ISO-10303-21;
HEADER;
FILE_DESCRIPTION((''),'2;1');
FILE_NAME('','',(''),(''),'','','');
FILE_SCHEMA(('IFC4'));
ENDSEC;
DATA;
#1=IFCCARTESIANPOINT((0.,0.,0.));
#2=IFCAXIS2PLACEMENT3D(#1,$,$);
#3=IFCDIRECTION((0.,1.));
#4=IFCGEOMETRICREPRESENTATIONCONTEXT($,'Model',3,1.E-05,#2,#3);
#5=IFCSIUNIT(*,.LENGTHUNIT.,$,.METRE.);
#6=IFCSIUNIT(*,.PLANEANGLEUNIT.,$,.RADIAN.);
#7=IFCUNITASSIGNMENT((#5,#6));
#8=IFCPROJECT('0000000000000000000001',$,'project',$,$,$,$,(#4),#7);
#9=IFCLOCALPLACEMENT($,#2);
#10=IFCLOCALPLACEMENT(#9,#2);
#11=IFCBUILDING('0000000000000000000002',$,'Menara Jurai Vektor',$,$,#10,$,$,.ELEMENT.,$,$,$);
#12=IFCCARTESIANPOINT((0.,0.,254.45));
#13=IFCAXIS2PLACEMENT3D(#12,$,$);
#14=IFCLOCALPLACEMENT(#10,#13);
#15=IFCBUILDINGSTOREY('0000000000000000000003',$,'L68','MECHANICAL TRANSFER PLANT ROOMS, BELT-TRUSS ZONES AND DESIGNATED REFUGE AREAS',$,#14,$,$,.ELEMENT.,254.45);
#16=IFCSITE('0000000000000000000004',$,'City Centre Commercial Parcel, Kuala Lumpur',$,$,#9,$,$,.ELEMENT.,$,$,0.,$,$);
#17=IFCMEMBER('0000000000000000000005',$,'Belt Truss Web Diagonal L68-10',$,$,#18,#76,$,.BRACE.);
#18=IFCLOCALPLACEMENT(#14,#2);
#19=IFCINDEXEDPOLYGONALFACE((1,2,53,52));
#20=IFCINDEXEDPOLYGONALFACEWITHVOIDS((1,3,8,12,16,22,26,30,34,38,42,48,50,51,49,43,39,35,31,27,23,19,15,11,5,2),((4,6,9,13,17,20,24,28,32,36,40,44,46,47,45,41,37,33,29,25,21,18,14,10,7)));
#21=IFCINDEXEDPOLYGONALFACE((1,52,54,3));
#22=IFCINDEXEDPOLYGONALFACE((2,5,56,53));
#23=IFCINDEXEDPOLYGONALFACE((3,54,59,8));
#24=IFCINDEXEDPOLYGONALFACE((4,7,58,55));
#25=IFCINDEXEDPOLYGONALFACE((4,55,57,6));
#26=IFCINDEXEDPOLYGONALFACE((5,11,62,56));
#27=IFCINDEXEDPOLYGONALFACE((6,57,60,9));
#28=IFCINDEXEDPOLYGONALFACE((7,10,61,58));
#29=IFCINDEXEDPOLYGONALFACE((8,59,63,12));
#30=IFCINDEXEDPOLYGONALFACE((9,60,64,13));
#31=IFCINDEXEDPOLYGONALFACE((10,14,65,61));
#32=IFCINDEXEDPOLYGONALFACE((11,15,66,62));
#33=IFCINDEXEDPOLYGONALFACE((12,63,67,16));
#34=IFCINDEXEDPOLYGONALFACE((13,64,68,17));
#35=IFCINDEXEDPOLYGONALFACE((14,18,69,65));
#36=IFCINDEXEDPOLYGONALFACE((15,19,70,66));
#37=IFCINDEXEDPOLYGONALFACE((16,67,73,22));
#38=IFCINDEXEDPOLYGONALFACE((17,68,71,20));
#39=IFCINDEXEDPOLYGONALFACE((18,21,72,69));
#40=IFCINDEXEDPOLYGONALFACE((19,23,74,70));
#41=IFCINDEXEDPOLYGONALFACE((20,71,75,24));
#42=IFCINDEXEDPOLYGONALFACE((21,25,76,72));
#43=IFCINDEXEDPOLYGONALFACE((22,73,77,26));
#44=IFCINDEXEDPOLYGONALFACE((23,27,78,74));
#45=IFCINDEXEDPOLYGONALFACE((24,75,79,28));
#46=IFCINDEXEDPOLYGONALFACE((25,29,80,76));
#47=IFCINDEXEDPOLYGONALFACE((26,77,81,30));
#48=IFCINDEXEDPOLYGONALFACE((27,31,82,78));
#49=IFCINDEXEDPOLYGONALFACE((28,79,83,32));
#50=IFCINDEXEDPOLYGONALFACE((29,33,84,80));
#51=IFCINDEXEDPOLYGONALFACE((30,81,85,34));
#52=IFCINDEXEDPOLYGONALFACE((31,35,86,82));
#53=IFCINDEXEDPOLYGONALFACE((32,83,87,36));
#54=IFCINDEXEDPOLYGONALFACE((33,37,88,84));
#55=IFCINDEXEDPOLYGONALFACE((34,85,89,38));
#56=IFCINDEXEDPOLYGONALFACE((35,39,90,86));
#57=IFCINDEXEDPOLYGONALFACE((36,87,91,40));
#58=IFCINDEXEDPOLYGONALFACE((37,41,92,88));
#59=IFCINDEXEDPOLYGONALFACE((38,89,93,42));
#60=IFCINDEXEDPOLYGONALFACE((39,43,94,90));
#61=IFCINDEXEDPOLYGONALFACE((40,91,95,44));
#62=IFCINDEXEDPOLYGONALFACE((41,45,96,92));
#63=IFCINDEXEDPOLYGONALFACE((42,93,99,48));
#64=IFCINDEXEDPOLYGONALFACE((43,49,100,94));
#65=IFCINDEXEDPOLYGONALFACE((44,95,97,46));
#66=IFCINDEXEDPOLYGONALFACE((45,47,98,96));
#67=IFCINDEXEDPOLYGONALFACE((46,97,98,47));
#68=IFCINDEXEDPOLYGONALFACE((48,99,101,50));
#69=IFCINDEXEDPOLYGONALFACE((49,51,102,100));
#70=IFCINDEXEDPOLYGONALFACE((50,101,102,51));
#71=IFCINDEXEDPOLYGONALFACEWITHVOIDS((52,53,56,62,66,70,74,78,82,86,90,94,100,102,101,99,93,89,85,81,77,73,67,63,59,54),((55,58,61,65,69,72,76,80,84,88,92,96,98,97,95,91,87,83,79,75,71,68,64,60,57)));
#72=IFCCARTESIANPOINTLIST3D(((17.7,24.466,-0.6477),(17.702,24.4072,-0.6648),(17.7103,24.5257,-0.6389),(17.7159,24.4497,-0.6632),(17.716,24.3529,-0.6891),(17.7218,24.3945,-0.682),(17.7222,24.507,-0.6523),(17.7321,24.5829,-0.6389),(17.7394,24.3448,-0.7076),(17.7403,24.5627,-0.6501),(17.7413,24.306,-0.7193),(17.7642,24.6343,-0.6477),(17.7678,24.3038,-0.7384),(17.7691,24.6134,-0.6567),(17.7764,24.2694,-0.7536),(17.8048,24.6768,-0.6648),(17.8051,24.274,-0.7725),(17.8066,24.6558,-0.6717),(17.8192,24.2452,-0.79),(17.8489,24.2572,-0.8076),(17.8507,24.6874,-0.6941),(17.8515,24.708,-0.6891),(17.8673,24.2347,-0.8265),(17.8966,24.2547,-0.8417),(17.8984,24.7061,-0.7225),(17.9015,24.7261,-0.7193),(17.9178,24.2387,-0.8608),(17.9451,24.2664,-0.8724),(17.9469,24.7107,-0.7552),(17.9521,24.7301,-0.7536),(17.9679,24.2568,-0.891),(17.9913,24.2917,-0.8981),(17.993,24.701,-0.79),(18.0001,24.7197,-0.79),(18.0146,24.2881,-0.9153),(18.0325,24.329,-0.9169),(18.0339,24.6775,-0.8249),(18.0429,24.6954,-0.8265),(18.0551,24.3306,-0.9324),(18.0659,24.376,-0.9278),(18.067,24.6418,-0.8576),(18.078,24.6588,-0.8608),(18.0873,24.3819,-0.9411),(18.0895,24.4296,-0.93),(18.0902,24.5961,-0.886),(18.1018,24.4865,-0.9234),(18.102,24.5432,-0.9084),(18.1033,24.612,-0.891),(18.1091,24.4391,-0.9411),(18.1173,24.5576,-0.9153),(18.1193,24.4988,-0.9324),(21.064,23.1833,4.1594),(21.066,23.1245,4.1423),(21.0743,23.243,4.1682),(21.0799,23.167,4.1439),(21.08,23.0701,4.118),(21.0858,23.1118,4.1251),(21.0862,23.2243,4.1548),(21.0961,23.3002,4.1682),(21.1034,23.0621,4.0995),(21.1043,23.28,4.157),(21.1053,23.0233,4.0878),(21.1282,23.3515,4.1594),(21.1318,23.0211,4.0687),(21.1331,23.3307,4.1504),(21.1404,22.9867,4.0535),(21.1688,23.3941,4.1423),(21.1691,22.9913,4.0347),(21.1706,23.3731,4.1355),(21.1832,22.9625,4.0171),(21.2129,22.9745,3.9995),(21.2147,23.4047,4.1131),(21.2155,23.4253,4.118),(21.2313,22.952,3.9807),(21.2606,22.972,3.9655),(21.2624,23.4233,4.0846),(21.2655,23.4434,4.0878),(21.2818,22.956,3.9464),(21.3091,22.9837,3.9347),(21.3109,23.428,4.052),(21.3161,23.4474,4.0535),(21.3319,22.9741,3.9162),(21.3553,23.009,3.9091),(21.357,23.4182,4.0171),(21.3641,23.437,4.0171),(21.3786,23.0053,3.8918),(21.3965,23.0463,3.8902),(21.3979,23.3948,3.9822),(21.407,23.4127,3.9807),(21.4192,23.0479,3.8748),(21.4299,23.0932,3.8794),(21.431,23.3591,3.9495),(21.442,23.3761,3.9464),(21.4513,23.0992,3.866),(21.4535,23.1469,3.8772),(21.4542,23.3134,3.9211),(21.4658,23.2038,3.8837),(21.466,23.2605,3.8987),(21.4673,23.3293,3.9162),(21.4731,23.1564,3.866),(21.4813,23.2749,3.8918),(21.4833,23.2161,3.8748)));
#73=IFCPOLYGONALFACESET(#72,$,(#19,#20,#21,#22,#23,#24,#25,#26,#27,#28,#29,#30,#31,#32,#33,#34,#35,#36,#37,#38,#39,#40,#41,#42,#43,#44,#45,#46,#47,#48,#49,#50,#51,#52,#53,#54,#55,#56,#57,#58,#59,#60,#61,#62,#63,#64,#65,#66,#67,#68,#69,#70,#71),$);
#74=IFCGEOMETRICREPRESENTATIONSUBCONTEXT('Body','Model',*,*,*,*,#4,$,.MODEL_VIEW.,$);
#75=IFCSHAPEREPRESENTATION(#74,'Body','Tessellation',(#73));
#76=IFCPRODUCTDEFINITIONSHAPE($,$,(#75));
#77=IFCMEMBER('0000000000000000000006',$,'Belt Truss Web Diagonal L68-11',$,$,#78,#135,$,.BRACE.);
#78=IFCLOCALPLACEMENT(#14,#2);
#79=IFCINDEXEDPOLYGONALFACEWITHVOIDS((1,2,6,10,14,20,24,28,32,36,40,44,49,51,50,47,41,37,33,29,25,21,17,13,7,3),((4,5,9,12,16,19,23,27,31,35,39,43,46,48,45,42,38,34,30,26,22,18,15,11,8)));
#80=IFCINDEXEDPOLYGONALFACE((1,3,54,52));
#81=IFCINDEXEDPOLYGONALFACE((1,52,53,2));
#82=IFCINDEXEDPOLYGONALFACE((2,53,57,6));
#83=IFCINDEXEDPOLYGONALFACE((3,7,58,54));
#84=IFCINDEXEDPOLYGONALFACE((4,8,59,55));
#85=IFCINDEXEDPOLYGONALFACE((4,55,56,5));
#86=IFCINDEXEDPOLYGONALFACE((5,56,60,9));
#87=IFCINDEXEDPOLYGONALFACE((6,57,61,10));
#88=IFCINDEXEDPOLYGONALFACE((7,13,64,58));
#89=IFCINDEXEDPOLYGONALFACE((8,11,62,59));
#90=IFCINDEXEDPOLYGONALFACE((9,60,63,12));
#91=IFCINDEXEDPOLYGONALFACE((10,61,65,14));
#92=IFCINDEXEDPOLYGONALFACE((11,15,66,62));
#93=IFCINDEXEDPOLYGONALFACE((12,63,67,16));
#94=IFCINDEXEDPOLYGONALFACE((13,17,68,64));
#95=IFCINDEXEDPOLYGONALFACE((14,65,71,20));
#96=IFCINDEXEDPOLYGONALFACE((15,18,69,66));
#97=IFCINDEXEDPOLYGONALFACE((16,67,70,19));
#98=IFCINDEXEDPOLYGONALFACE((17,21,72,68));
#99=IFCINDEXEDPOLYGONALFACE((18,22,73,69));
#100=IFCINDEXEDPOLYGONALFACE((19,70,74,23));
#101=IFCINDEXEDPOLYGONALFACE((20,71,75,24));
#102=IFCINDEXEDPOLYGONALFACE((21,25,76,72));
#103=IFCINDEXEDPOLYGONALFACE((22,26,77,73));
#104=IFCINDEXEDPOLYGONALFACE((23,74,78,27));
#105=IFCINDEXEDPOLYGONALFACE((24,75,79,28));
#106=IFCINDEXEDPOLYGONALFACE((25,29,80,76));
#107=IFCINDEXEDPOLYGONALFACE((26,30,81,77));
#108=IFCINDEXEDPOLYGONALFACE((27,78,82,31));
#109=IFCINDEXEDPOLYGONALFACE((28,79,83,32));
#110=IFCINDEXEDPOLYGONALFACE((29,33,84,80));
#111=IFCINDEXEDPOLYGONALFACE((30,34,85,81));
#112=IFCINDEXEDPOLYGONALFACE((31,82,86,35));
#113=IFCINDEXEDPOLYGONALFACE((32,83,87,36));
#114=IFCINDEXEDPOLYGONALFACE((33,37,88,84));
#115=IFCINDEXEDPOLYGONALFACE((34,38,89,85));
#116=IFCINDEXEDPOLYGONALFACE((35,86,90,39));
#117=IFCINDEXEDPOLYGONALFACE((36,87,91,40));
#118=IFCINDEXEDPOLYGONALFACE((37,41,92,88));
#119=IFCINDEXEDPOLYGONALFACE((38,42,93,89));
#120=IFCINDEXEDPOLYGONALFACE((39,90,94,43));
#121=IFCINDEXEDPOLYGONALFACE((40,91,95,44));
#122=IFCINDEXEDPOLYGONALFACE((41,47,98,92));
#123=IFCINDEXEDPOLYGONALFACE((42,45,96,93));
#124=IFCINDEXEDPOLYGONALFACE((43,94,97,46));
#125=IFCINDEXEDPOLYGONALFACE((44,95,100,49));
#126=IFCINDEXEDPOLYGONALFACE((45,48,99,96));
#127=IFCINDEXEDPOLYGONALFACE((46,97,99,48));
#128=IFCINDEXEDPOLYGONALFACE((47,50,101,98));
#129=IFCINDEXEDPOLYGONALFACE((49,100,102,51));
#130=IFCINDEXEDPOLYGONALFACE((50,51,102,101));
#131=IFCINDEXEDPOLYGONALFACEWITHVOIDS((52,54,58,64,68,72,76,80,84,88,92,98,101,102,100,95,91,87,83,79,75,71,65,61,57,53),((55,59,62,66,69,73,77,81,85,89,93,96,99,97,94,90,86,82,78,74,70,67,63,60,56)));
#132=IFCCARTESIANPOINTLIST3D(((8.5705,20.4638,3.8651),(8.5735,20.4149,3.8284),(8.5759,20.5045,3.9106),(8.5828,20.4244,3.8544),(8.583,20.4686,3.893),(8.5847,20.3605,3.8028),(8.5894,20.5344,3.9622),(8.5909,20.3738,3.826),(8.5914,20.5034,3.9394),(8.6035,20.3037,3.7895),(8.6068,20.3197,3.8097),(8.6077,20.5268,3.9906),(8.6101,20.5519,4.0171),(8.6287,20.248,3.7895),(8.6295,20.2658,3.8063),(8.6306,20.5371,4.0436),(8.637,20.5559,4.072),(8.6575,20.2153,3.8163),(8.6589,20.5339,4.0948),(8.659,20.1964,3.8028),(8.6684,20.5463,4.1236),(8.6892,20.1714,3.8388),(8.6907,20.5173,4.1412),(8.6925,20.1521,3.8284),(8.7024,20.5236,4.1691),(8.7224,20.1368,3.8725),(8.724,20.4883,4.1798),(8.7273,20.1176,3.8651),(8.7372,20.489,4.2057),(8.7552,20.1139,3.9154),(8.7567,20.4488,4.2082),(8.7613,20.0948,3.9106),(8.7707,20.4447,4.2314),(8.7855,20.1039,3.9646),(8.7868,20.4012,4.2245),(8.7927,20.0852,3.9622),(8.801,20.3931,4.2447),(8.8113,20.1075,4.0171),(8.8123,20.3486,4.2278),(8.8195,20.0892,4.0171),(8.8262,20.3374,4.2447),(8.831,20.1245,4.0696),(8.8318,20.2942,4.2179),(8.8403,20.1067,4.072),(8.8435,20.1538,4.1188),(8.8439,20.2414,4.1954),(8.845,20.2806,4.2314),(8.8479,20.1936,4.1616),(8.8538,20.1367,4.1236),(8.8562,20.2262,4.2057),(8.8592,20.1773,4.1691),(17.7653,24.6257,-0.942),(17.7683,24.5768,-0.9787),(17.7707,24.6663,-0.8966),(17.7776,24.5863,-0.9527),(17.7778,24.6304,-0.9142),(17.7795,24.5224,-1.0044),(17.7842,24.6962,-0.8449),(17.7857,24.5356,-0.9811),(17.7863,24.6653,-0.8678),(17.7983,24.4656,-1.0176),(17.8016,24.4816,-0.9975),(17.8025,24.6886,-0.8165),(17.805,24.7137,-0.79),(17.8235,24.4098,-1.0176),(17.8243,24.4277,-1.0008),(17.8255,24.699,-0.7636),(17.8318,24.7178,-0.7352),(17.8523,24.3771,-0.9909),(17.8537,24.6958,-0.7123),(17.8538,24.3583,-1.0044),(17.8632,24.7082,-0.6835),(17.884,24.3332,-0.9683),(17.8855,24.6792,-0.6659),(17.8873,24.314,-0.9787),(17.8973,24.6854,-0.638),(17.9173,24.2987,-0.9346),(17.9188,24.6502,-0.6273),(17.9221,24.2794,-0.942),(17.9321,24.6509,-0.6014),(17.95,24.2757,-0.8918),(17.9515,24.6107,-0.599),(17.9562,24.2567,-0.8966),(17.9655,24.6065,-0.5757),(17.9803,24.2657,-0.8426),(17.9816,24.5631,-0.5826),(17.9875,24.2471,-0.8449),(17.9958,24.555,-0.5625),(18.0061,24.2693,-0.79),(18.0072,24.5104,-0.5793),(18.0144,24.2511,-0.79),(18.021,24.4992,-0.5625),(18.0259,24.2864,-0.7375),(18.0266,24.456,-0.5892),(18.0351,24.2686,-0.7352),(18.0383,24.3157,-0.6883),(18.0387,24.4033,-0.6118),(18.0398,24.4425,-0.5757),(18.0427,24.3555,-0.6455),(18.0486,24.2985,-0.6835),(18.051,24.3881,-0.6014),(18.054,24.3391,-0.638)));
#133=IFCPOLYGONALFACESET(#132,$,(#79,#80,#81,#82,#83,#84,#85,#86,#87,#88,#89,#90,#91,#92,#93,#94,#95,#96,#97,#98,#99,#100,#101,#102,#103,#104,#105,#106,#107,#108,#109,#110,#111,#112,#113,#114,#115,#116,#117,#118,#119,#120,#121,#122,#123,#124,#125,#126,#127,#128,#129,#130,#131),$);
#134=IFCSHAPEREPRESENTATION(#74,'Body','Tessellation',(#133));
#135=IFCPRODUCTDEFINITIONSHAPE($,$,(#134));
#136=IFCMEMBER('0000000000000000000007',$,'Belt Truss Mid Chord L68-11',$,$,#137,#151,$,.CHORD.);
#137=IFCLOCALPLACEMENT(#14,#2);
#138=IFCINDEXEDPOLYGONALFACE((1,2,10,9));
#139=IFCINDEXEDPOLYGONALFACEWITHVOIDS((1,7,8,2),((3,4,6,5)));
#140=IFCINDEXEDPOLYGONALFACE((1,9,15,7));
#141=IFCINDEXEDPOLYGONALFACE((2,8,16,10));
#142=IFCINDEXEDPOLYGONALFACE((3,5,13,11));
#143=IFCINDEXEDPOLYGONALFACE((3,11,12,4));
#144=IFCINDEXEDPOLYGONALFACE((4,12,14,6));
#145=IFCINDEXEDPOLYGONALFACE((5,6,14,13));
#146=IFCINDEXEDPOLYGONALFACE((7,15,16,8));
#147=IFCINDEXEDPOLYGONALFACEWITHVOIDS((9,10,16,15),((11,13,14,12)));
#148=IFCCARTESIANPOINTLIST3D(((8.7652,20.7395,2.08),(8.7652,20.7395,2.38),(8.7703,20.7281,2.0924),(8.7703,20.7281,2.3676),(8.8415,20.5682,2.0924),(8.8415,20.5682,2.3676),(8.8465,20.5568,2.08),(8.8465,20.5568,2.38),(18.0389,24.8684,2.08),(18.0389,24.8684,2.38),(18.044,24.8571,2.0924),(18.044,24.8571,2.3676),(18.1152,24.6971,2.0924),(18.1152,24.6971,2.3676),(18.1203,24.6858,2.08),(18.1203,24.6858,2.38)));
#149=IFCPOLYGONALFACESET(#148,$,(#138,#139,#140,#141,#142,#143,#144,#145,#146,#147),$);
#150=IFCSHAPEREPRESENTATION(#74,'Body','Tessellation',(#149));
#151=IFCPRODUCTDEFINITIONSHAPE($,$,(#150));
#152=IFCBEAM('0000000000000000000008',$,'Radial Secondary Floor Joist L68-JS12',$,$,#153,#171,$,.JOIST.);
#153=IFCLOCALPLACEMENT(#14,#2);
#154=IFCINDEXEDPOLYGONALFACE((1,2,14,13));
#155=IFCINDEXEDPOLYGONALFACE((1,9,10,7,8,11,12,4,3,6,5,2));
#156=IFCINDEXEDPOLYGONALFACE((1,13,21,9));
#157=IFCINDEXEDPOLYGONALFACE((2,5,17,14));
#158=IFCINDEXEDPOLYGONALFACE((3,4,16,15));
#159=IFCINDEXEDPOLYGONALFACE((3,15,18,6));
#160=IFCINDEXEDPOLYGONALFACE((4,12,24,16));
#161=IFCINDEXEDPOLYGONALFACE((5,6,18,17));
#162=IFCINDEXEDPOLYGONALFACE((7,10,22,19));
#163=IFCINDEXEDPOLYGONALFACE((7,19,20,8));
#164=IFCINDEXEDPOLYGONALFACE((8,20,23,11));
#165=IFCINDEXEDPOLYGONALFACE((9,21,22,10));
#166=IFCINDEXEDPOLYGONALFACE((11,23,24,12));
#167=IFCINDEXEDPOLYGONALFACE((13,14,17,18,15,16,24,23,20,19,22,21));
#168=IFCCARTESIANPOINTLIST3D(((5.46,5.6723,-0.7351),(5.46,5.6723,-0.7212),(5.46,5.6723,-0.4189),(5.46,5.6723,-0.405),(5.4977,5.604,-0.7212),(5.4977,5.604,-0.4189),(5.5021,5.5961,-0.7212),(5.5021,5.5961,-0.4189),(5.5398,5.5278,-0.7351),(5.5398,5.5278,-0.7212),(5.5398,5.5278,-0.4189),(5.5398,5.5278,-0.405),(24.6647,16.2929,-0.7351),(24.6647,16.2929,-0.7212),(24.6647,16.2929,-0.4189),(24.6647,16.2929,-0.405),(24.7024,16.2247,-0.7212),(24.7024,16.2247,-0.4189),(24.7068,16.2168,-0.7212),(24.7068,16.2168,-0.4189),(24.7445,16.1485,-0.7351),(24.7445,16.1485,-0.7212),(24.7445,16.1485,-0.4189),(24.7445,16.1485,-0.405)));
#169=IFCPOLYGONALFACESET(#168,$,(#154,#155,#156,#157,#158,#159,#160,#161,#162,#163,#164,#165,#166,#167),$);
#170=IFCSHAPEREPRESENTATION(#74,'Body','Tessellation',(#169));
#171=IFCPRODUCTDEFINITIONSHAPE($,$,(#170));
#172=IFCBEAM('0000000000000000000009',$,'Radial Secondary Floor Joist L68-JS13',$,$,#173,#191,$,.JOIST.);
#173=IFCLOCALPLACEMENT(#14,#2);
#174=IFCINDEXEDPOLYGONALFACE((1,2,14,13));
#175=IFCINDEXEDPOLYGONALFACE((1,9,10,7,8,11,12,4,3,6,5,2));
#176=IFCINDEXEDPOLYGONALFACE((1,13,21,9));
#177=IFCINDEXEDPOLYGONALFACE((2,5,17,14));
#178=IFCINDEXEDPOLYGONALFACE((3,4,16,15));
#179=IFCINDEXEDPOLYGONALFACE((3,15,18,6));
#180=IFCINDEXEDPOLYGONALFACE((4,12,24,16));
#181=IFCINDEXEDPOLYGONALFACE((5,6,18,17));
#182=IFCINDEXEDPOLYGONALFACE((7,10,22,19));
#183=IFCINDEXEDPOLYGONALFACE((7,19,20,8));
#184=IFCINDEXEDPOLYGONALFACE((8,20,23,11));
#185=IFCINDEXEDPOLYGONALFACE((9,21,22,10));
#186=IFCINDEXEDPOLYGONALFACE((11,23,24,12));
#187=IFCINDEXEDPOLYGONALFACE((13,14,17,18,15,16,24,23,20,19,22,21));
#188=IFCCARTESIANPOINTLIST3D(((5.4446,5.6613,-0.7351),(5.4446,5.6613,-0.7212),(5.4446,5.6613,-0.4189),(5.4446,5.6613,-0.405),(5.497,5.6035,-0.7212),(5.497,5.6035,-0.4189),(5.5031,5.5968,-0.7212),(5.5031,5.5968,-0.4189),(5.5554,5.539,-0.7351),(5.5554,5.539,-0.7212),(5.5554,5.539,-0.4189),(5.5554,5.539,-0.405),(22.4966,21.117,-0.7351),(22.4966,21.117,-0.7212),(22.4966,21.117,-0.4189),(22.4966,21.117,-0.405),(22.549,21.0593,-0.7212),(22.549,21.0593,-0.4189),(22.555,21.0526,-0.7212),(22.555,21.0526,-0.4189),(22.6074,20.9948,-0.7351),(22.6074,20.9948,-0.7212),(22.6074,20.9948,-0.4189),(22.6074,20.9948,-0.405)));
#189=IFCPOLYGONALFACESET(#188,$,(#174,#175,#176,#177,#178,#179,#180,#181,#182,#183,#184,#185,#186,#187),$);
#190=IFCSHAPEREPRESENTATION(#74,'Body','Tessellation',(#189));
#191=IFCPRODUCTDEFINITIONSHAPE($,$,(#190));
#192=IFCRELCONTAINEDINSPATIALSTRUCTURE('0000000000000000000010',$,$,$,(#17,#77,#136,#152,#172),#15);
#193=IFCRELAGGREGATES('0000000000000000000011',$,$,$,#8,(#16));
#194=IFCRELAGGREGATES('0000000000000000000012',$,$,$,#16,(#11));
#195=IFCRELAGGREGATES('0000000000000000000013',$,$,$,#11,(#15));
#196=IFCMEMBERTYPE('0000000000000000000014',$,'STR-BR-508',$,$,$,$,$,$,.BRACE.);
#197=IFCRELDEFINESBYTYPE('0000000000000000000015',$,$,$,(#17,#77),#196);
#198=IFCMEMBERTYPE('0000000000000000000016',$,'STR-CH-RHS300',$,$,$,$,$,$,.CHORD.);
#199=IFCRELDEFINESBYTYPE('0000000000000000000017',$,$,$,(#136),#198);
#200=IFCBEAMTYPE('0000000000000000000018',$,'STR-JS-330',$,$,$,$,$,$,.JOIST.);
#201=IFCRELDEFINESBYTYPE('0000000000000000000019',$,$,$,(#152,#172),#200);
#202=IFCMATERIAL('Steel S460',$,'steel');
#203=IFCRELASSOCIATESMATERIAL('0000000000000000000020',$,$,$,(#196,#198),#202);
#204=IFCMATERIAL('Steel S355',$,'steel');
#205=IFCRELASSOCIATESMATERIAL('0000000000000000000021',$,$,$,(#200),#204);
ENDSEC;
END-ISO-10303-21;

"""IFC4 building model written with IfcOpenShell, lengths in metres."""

from ifc_helpers import new_model, si_unit, direction, frame, origin, origin_2d, place, context, subcontext, project, spatial, hollow_rectangle, hollow_circle, i_section, extrude, material, material_profile, profile_set, type_object, element, save


model = new_model("IFC4")

# Units and contexts
model_context = context("Model", 3, precision=1e-05, world=origin(), true_north=direction((0.0, 1.0)))
body_context = subcontext(model_context, "Body", "Model", "MODEL_VIEW")
ifc_project = project(units=[si_unit("LENGTHUNIT", "METRE"), si_unit("PLANEANGLEUNIT", "RADIAN")], contexts=[model_context])

# Site, building, storey
site_placement = place(None, origin())
site = spatial("IfcSite", under=ifc_project, at=site_placement, Name="City Centre Commercial Parcel, Kuala Lumpur", CompositionType="ELEMENT", RefElevation=0.0)
building_placement = place(site_placement, origin())
building = spatial("IfcBuilding", under=site, at=building_placement, Name="Menara Jurai Vektor", CompositionType="ELEMENT")
storey_placement = place(building_placement, frame((0.0, 0.0, 254.45)))
storey = spatial("IfcBuildingStorey", under=building, at=storey_placement, Name="L68", Description="MECHANICAL TRANSFER PLANT ROOMS, BELT-TRUSS ZONES AND DESIGNATED REFUGE AREAS", CompositionType="ELEMENT", Elevation=254.45)

# Shared definitions
ifc_material_1 = material(Name="Steel S460", Category="steel")

# Members
ifc_material_profile_1 = material_profile(ifc_material_1, hollow_circle(Radius=0.2539, WallThickness=0.02, at=origin_2d()), Name="CHS 508x20")
ifc_profile_set_1 = profile_set([ifc_material_profile_1], Name="Steel S460")
member_type_1 = type_object("IfcMemberType", Name="STR-BR-508", PredefinedType="BRACE", material=ifc_profile_set_1)
member_1_placement = place(storey_placement, frame((17.9097, 24.4824, -0.79), z_axis=(0.560121, -0.213577, 0.800406), x_axis=(0.356283, 0.934378, 0.0)))
element("IfcMember", 1, at=member_1_placement, inside=storey, type_object=member_type_1, Name="Belt Truss Web Diagonal L68-10", PredefinedType="BRACE", context=body_context, shape_type="SweptSolid", body=[
    extrude(hollow_circle(Radius=0.2539, WallThickness=0.02, at=origin_2d()), origin(), (0.0, 0.0, 1.0), 6.0059),
])
member_2_placement = place(storey_placement, frame((17.9097, 24.4824, -0.79), z_axis=(-0.822494, -0.372287, 0.430007), x_axis=(0.412357, -0.911022, 0.0)))
element("IfcMember", 2, at=member_2_placement, inside=storey, type_object=member_type_1, Name="Belt Truss Web Diagonal L68-11", PredefinedType="BRACE", context=body_context, shape_type="SweptSolid", body=[
    extrude(hollow_circle(Radius=0.2539, WallThickness=0.02, at=origin_2d()), origin(), (0.0, 0.0, 1.0), 11.1792),
])
ifc_material_profile_2 = material_profile(ifc_material_1, hollow_rectangle(XDim=0.2, YDim=0.3, WallThickness=0.0125, at=origin_2d()), Name="RHS 300x200x12.5")
ifc_profile_set_2 = profile_set([ifc_material_profile_2], Name="Steel S460")
member_type_2 = type_object("IfcMemberType", Name="STR-CH-RHS300", PredefinedType="CHORD", material=ifc_profile_set_2)
member_3_placement = place(storey_placement, frame((18.0796, 24.7771, 2.23), z_axis=(-0.913546, -0.406736, 0.0), x_axis=(0.406736, -0.913546, 0.0)))
element("IfcMember", 3, at=member_3_placement, inside=storey, type_object=member_type_2, Name="Belt Truss Mid Chord L68-11", PredefinedType="CHORD", context=body_context, shape_type="SweptSolid", body=[
    extrude(hollow_rectangle(XDim=0.2, YDim=0.3, WallThickness=0.0125, at=origin_2d()), origin(), (0.0, 0.0, 1.0), 10.1514),
])

# Beams
ifc_material_2 = material(Name="Steel S355", Category="steel")
ifc_material_profile_3 = material_profile(ifc_material_2, i_section(OverallWidth=0.165, OverallDepth=0.3301, WebThickness=0.009, FlangeThickness=0.0139, at=origin_2d()), Name="PG 330x165x46")
ifc_profile_set_3 = profile_set([ifc_material_profile_3], Name="Steel S355")
beam_type_1 = type_object("IfcBeamType", Name="STR-JS-330", PredefinedType="JOIST", material=ifc_profile_set_3)
beam_1_placement = place(storey_placement, frame((24.7046, 16.2207, -0.5701), z_axis=(-0.875096, -0.483949, 0.0), x_axis=(0.483949, -0.875096, 0.0)))
element("IfcBeam", 4, at=beam_1_placement, inside=storey, type_object=beam_type_1, Name="Radial Secondary Floor Joist L68-JS12", PredefinedType="JOIST", context=body_context, shape_type="SweptSolid", body=[
    extrude(i_section(OverallWidth=0.165, OverallDepth=0.3301, WebThickness=0.009, FlangeThickness=0.0139, at=origin_2d()), origin(), (0.0, 0.0, 1.0), 21.9458),
])
beam_2_placement = place(storey_placement, frame((22.552, 21.0559, -0.5701), z_axis=(-0.740934, -0.671577, 0.0), x_axis=(0.671577, -0.740934, 0.0)))
element("IfcBeam", 5, at=beam_2_placement, inside=storey, type_object=beam_type_1, Name="Radial Secondary Floor Joist L68-JS13", PredefinedType="JOIST", context=body_context, shape_type="SweptSolid", body=[
    extrude(i_section(OverallWidth=0.165, OverallDepth=0.3301, WebThickness=0.009, FlangeThickness=0.0139, at=origin_2d()), origin(), (0.0, 0.0, 1.0), 23.0142),
])

save(model, "model.ifc")
